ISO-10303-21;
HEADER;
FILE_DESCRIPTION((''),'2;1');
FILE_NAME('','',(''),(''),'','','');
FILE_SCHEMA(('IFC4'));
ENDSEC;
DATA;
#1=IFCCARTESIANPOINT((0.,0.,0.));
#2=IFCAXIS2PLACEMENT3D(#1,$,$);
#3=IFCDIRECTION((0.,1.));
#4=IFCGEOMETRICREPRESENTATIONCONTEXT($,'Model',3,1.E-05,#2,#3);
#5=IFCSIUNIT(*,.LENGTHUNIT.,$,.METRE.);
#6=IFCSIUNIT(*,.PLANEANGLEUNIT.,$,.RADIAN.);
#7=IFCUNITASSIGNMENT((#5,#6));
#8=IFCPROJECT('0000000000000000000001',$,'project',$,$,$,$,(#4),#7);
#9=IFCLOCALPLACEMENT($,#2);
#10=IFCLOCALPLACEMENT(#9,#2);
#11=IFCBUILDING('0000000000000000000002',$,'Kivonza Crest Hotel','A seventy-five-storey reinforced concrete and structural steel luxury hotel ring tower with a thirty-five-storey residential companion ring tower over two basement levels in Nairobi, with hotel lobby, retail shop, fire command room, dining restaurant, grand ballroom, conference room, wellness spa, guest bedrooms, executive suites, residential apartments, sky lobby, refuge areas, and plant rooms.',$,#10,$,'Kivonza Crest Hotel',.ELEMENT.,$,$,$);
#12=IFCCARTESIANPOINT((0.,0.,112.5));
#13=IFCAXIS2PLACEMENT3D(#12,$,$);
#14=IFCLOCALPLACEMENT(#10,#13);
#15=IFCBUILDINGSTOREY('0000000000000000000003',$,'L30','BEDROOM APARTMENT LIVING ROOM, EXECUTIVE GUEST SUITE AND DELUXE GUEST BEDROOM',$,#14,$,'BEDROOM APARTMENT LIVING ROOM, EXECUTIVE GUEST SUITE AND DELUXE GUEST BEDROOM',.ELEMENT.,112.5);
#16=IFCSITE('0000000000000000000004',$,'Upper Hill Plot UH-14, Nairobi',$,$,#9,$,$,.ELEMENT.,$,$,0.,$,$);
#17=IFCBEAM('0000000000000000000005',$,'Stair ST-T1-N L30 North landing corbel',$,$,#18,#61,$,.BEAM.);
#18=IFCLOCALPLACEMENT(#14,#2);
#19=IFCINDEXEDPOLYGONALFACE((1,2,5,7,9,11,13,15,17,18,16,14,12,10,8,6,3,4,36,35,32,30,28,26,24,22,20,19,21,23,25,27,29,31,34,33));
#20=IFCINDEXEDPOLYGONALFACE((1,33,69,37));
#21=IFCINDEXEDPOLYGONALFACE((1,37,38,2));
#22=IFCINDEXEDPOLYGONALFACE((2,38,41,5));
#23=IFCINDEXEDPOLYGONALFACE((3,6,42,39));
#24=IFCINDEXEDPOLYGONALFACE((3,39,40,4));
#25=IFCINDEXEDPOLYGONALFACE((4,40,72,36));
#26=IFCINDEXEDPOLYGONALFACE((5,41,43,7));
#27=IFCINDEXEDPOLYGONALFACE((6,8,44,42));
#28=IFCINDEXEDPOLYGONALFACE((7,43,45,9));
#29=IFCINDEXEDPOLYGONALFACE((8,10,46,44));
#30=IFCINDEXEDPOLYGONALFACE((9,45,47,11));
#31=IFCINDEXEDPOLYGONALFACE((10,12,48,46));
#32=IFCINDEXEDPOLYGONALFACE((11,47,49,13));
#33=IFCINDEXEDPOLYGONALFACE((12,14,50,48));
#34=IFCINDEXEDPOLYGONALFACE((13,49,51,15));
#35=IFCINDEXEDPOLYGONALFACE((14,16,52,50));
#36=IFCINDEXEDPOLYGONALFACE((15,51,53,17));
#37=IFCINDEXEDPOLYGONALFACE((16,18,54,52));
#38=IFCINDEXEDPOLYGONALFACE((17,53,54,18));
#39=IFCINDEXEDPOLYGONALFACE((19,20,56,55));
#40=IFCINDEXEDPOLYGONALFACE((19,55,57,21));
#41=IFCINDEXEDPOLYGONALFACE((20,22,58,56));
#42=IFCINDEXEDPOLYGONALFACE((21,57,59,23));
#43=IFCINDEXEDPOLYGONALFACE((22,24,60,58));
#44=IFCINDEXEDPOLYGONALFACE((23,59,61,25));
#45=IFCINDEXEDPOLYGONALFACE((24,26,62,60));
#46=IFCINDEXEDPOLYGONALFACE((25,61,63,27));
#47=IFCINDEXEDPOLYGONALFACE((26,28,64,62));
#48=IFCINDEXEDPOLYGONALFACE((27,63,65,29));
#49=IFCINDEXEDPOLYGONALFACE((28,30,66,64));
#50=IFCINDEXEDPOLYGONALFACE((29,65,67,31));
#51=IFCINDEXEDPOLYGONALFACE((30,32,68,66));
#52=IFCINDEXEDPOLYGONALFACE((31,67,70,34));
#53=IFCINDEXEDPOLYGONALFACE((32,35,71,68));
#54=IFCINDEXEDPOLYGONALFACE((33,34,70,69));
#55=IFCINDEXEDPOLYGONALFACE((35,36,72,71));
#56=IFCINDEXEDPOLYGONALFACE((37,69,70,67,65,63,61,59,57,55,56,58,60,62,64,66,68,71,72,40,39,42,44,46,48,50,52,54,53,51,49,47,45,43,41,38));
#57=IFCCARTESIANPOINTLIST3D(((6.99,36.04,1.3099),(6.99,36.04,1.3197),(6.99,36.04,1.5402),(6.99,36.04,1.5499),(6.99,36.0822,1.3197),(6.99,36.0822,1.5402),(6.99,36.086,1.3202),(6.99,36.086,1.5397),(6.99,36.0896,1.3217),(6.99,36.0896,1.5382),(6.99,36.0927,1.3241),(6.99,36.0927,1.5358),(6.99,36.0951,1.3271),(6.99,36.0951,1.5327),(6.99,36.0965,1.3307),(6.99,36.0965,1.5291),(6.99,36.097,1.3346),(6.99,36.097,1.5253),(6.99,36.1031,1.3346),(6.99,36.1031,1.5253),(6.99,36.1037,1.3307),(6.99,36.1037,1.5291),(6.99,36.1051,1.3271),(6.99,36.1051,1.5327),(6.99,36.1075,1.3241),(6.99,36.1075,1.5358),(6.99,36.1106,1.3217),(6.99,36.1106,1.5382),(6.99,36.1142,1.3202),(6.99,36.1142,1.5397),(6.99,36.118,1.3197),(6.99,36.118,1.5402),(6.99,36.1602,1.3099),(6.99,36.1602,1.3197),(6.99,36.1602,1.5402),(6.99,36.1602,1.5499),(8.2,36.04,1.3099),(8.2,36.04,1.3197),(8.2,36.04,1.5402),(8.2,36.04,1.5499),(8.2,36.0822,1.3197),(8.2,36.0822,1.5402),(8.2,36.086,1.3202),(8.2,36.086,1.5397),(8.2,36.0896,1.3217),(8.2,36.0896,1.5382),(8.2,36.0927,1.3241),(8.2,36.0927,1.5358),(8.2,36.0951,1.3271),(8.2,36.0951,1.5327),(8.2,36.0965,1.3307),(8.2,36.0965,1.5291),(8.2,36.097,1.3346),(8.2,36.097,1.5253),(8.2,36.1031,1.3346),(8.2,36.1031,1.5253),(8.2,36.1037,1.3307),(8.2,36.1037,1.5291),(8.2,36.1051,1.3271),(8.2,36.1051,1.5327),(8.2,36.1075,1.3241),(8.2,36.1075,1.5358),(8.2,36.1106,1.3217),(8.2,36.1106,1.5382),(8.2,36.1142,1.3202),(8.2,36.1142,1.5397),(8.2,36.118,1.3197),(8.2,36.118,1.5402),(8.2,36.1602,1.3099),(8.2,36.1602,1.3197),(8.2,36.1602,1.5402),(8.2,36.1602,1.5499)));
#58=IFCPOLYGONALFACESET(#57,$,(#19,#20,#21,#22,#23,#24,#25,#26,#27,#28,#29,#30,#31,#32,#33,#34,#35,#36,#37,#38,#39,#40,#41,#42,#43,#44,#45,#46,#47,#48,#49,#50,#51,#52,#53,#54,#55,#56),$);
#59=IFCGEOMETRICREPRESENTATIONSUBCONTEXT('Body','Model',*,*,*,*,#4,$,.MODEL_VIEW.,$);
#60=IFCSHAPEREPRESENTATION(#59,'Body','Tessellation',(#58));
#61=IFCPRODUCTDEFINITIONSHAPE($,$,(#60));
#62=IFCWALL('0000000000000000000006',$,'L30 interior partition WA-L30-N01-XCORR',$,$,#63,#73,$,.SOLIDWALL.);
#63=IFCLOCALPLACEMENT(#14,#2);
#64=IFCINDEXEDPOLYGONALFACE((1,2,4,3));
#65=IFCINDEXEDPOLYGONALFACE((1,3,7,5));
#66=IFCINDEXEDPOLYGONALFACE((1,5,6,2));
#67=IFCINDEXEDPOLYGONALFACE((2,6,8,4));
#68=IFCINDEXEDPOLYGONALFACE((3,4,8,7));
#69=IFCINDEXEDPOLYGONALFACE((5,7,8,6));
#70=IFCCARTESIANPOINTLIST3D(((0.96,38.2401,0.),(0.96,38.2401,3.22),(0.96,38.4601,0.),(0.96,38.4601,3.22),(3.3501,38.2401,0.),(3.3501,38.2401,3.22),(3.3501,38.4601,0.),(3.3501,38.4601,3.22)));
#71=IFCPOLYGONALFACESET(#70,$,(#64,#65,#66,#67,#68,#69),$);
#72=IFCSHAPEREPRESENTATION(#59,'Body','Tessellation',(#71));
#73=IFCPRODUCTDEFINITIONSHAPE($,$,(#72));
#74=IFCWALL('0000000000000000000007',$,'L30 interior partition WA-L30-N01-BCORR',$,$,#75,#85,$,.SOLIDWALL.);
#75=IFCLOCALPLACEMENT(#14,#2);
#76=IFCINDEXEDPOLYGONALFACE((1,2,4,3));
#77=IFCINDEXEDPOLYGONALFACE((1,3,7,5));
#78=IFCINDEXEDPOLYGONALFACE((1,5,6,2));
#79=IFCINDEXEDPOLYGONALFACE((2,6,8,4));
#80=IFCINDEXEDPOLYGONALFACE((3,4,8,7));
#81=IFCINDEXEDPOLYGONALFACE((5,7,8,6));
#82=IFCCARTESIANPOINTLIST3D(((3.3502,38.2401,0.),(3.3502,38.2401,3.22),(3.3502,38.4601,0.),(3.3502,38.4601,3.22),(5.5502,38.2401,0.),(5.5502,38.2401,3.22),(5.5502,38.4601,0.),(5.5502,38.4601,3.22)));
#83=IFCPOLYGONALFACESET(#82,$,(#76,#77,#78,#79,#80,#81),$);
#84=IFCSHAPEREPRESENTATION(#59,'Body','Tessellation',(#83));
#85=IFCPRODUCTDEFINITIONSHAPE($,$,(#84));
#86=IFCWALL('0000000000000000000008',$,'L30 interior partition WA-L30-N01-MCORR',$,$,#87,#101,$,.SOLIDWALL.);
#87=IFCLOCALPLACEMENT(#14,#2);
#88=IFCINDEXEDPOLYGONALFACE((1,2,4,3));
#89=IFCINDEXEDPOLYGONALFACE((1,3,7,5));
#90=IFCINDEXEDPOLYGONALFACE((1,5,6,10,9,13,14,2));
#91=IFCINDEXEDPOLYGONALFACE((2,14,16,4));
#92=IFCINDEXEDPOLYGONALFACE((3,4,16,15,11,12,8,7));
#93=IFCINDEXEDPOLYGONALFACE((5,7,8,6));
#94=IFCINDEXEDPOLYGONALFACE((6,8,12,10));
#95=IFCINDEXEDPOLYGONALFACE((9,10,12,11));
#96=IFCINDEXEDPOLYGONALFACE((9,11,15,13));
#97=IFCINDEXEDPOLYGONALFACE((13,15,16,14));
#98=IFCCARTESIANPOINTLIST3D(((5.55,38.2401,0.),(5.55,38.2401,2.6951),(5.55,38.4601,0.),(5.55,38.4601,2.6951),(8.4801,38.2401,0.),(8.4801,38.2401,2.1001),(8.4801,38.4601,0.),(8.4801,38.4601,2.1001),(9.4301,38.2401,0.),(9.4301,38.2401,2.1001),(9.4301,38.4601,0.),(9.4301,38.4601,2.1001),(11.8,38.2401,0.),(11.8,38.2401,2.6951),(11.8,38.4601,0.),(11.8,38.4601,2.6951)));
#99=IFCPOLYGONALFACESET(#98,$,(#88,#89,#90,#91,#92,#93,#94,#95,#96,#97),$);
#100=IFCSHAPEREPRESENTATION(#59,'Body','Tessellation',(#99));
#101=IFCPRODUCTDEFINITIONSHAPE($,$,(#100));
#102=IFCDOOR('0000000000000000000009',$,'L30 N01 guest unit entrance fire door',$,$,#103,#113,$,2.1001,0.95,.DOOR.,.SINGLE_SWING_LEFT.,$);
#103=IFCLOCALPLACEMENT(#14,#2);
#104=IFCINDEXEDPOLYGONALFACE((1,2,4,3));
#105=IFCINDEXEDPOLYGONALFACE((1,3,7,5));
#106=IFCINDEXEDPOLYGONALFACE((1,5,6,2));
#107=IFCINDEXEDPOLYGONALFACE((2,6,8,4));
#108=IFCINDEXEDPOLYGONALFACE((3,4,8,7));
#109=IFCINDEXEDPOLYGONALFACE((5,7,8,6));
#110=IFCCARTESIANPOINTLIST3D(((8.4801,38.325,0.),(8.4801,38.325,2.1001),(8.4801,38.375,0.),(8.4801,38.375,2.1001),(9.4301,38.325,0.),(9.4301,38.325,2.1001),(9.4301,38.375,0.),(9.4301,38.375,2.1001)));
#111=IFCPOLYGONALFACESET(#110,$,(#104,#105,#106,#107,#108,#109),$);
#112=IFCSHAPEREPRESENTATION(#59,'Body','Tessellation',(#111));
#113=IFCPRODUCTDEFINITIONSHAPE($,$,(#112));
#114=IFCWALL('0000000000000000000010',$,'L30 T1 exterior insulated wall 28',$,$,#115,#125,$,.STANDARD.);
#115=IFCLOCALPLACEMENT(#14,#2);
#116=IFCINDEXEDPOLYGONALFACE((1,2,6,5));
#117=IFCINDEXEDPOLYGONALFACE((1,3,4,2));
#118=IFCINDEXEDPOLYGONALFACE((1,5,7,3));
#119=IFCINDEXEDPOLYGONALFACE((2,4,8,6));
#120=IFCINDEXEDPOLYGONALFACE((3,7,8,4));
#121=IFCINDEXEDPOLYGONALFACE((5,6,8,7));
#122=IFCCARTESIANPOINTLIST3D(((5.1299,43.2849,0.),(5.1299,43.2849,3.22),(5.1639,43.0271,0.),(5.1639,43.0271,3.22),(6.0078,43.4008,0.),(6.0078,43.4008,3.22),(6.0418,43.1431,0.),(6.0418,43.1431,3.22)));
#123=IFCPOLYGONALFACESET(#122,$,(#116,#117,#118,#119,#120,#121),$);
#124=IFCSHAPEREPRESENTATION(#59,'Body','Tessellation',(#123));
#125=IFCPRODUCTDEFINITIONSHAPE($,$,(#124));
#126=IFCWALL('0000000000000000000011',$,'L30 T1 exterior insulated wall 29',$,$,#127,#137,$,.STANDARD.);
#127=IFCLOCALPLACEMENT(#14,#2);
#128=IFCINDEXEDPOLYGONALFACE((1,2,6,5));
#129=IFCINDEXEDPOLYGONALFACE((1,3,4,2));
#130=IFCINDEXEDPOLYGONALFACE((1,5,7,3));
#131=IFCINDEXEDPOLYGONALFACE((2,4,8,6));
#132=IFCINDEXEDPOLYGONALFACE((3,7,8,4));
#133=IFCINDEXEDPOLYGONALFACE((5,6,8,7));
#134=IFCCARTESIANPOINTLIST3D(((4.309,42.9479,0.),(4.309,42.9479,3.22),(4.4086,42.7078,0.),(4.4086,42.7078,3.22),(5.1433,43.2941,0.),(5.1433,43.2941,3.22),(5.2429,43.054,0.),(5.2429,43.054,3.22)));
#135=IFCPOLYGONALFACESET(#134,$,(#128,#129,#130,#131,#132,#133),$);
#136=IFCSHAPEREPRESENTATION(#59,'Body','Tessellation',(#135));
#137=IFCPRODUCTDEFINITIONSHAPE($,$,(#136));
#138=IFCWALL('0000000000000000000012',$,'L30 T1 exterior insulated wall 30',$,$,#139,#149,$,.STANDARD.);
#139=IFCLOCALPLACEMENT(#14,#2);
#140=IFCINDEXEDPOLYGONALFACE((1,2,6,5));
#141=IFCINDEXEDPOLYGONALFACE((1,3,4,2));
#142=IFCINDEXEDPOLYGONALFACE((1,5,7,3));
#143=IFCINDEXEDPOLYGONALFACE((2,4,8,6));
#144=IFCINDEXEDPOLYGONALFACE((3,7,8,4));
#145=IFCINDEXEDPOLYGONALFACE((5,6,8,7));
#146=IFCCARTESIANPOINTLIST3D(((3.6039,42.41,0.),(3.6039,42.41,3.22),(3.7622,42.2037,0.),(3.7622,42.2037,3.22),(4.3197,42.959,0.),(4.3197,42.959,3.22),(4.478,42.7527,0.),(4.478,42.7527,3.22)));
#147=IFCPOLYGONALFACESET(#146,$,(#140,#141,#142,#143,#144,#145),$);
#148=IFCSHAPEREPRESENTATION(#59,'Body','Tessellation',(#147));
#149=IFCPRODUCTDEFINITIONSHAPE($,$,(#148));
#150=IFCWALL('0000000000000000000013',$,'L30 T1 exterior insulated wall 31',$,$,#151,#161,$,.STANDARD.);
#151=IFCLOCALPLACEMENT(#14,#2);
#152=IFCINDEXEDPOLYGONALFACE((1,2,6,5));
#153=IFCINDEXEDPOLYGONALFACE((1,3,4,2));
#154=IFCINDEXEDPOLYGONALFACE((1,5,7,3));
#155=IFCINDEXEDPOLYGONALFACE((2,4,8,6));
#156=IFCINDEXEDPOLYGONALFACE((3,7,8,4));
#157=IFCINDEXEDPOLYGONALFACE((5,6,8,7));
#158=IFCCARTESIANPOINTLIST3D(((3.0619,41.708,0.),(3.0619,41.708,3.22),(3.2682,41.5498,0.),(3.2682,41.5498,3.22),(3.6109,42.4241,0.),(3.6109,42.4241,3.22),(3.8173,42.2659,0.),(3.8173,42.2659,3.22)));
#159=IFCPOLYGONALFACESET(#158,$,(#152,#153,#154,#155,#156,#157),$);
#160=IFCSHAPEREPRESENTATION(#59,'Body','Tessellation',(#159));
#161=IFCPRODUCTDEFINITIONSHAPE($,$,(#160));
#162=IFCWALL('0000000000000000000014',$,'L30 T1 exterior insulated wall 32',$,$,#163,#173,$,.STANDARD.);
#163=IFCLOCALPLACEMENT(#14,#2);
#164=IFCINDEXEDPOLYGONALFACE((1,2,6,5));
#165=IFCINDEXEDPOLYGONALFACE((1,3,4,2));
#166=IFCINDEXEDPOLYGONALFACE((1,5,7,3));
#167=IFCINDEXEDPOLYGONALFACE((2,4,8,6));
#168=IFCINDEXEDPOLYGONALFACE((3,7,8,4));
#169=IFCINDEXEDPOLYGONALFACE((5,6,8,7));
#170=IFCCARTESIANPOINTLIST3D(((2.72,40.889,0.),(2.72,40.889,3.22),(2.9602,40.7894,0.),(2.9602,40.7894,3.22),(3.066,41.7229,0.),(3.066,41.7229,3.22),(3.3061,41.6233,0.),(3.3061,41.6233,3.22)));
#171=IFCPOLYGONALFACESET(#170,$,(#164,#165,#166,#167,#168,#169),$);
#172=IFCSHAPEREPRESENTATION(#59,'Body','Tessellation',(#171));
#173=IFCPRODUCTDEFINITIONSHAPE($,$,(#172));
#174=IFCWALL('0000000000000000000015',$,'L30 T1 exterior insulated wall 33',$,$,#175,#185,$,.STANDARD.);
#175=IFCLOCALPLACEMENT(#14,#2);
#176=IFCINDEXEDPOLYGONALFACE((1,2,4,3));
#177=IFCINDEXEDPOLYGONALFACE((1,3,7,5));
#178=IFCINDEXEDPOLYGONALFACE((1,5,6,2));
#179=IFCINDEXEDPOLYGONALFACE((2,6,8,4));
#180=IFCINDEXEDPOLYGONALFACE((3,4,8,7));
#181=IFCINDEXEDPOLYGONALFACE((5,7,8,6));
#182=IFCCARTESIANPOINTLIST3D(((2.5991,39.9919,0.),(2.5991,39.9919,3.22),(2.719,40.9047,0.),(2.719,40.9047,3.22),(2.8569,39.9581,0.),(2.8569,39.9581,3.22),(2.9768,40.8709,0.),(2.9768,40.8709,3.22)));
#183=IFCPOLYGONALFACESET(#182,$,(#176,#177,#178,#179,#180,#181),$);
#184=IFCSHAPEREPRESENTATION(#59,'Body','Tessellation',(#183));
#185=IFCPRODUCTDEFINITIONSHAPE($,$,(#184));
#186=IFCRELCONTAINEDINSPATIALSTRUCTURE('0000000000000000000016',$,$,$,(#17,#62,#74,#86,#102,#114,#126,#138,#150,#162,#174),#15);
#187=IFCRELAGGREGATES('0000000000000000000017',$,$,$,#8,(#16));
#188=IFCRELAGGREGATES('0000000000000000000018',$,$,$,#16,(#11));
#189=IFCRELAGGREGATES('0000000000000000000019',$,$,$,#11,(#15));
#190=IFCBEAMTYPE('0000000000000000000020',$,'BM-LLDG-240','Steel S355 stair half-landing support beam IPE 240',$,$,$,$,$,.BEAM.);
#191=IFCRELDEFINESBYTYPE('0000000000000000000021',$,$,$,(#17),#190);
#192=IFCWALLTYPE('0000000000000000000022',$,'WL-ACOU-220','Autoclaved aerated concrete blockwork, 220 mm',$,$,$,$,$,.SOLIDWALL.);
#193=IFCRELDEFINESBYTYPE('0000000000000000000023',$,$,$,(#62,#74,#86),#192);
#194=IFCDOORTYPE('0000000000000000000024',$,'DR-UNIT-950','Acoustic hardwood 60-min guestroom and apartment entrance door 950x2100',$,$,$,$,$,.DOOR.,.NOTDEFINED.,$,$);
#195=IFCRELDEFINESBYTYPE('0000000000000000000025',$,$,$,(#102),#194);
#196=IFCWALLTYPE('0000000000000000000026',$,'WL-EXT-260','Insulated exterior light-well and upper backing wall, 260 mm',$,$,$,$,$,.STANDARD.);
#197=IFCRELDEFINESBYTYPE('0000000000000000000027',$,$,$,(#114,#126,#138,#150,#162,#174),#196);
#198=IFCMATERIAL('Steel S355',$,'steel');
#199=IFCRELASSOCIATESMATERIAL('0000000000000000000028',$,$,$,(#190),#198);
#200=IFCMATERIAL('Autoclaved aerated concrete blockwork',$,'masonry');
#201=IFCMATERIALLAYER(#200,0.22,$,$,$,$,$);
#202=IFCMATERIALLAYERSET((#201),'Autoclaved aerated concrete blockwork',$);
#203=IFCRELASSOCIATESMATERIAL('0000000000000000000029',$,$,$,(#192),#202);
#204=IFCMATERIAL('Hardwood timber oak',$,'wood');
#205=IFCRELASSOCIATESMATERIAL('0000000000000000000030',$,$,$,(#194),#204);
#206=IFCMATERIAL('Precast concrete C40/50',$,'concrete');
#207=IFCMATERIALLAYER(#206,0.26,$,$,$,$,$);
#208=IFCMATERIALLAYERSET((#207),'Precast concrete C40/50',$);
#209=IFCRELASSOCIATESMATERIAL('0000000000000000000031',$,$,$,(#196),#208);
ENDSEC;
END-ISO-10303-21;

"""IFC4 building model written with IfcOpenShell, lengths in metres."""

from ifc_helpers import new_model, si_unit, direction, frame, frame_2d, origin, origin_2d, place, context, subcontext, project, spatial, rectangle, i_section, extrude, material, layer, layer_set, material_profile, profile_set, type_object, element, fill, save


model = new_model("IFC4")

# Units and contexts
model_context = context("Model", 3, precision=1e-05, world=origin(), true_north=direction((0.0, 1.0)))
body_context = subcontext(model_context, "Body", "Model", "MODEL_VIEW")
ifc_project = project(units=[si_unit("LENGTHUNIT", "METRE"), si_unit("PLANEANGLEUNIT", "RADIAN")], contexts=[model_context])

# Site, building, storey
site_placement = place(None, origin())
site = spatial("IfcSite", under=ifc_project, at=site_placement, Name="Upper Hill Plot UH-14, Nairobi", CompositionType="ELEMENT", RefElevation=0.0)
building_placement = place(site_placement, origin())
building = spatial("IfcBuilding", under=site, at=building_placement, Name="Kivonza Crest Hotel", Description="A seventy-five-storey reinforced concrete and structural steel luxury hotel ring tower with a thirty-five-storey residential companion ring tower over two basement levels in Nairobi, with hotel lobby, retail shop, fire command room, dining restaurant, grand ballroom, conference room, wellness spa, guest bedrooms, executive suites, residential apartments, sky lobby, refuge areas, and plant rooms.", LongName="Kivonza Crest Hotel", CompositionType="ELEMENT")
storey_placement = place(building_placement, frame((0.0, 0.0, 112.5)))
storey = spatial("IfcBuildingStorey", under=building, at=storey_placement, Name="L30", Description="BEDROOM APARTMENT LIVING ROOM, EXECUTIVE GUEST SUITE AND DELUXE GUEST BEDROOM", LongName="BEDROOM APARTMENT LIVING ROOM, EXECUTIVE GUEST SUITE AND DELUXE GUEST BEDROOM", CompositionType="ELEMENT", Elevation=112.5)

# Beam
ifc_material_1 = material(Name="Steel S355", Category="steel")
ifc_material_profile = material_profile(ifc_material_1, i_section(OverallWidth=0.1201, OverallDepth=0.24, WebThickness=0.0061, FlangeThickness=0.0098, FilletRadius=0.0149, at=origin_2d()), Name="IPE 240")
ifc_profile_set = profile_set([ifc_material_profile], Name="Steel S355")
beam_type = type_object("IfcBeamType", Name="BM-LLDG-240", Description="Steel S355 stair half-landing support beam IPE 240", PredefinedType="BEAM", material=ifc_profile_set)
beam_placement = place(storey_placement, frame((6.99, 36.1001, 1.4299), z_axis=(1.0, 0.0, 0.0), x_axis=(0.0, 1.0, 0.0)))
element("IfcBeam", 1, at=beam_placement, inside=storey, type_object=beam_type, Name="Stair ST-T1-N L30 North landing corbel", PredefinedType="BEAM", context=body_context, shape_type="SweptSolid", body=[
    extrude(i_section(OverallWidth=0.1201, OverallDepth=0.24, WebThickness=0.0061, FlangeThickness=0.0098, FilletRadius=0.0149, at=origin_2d()), origin(), (0.0, 0.0, 1.0), 1.21),
])

# Walls
ifc_material_2 = material(Name="Autoclaved aerated concrete blockwork", Category="masonry")
ifc_layer_1 = layer(ifc_material_2, 0.22)
ifc_layer_set_1 = layer_set([ifc_layer_1], Name="Autoclaved aerated concrete blockwork")
wall_type_1 = type_object("IfcWallType", Name="WL-ACOU-220", Description="Autoclaved aerated concrete blockwork, 220 mm", PredefinedType="SOLIDWALL", material=ifc_layer_set_1)
wall_1_placement = place(storey_placement, frame((0.96, 38.3501, 0.0), z_axis=(0.0, 0.0, 1.0), x_axis=(1.0, 0.0, 0.0)))
element("IfcWall", 2, at=wall_1_placement, inside=storey, type_object=wall_type_1, Name="L30 interior partition WA-L30-N01-XCORR", PredefinedType="SOLIDWALL", context=body_context, shape_type="SweptSolid", body=[
    extrude(rectangle(XDim=2.3901, YDim=0.22, at=frame_2d((1.1951, 0.0))), origin(), (0.0, 0.0, 1.0), 3.22),
])
wall_2_placement = place(storey_placement, frame((3.3501, 38.3501, 0.0), z_axis=(0.0, 0.0, 1.0), x_axis=(1.0, 0.0, 0.0)))
element("IfcWall", 3, at=wall_2_placement, inside=storey, type_object=wall_type_1, Name="L30 interior partition WA-L30-N01-BCORR", PredefinedType="SOLIDWALL", context=body_context, shape_type="SweptSolid", body=[
    extrude(rectangle(XDim=2.2, YDim=0.22, at=frame_2d((1.1001, 0.0))), origin(), (0.0, 0.0, 1.0), 3.22),
])

# Wall, opening, door
wall_3_placement = place(storey_placement, frame((5.55, 38.3501, 0.0), z_axis=(0.0, 0.0, 1.0), x_axis=(1.0, 0.0, 0.0)))
wall_3 = element("IfcWall", 4, at=wall_3_placement, inside=storey, type_object=wall_type_1, Name="L30 interior partition WA-L30-N01-MCORR", PredefinedType="SOLIDWALL", context=body_context, shape_type="SweptSolid", body=[
    extrude(rectangle(XDim=6.25, YDim=0.22, at=frame_2d((3.125, 0.0))), origin(), (0.0, 0.0, 1.0), 2.6951),
])
opening_1_placement = place(wall_3_placement, frame((2.9299, 0.0, 0.0)))
opening_1 = element("IfcOpeningElement", 5, at=opening_1_placement, cuts=wall_3, PredefinedType="OPENING", context=body_context, shape_type="SweptSolid", body=[
    extrude(rectangle(XDim=0.95, YDim=2.1001, at=frame_2d((0.4751, 1.05))), frame((0.0, 0.1201, 0.0), z_axis=(0.0, -1.0, 0.0), x_axis=(1.0, 0.0, 0.0)), (0.0, 0.0, 1.0), 0.24),
])
ifc_material_3 = material(Name="Hardwood timber oak", Category="wood")
door_type_1 = type_object("IfcDoorType", Name="DR-UNIT-950", Description="Acoustic hardwood 60-min guestroom and apartment entrance door 950x2100", OperationType="NOTDEFINED", PredefinedType="DOOR", material=ifc_material_3)
door_1_placement = place(opening_1_placement, origin())
door_1 = element("IfcDoor", 6, at=door_1_placement, inside=storey, type_object=door_type_1, Name="L30 N01 guest unit entrance fire door", OperationType="SINGLE_SWING_LEFT", OverallHeight=2.1001, OverallWidth=0.95, PredefinedType="DOOR", context=body_context, shape_type="SweptSolid", body=[
    extrude(rectangle(XDim=0.95, YDim=2.1001, at=frame_2d((0.4751, 1.05))), frame((0.0, 0.0249, 0.0), z_axis=(0.0, -1.0, 0.0), x_axis=(1.0, 0.0, 0.0)), (0.0, 0.0, 1.0), 0.05),
])
fill(opening_1, door_1)

# Walls
ifc_material_4 = material(Name="Precast concrete C40/50", Category="concrete")
ifc_layer_2 = layer(ifc_material_4, 0.26)
ifc_layer_set_2 = layer_set([ifc_layer_2], Name="Precast concrete C40/50")
wall_type_2 = type_object("IfcWallType", Name="WL-EXT-260", Description="Insulated exterior light-well and upper backing wall, 260 mm", PredefinedType="STANDARD", material=ifc_layer_set_2)
wall_4_placement = place(storey_placement, frame((6.0249, 43.272, 0.0), z_axis=(0.0, 0.0, 1.0), x_axis=(-0.991388, -0.130954, 0.0)))
element("IfcWall", 7, at=wall_4_placement, inside=storey, type_object=wall_type_2, Name="L30 T1 exterior insulated wall 28", PredefinedType="STANDARD", context=body_context, shape_type="SweptSolid", body=[
    extrude(rectangle(XDim=0.8855, YDim=0.26, at=frame_2d((0.4429, 0.0))), origin(), (0.0, 0.0, 1.0), 3.22),
])
wall_5_placement = place(storey_placement, frame((5.1931, 43.1741, 0.0), z_axis=(0.0, 0.0, 1.0), x_axis=(-0.923628, -0.383291, 0.0)))
element("IfcWall", 8, at=wall_5_placement, inside=storey, type_object=wall_type_2, Name="L30 T1 exterior insulated wall 29", PredefinedType="STANDARD", context=body_context, shape_type="SweptSolid", body=[
    extrude(rectangle(XDim=0.9033, YDim=0.26, at=frame_2d((0.4517, 0.0))), origin(), (0.0, 0.0, 1.0), 3.22),
])
wall_6_placement = place(storey_placement, frame((4.3989, 42.856, 0.0), z_axis=(0.0, 0.0, 1.0), x_axis=(-0.793458, -0.608625, 0.0)))
element("IfcWall", 9, at=wall_6_placement, inside=storey, type_object=wall_type_2, Name="L30 T1 exterior insulated wall 30", PredefinedType="STANDARD", context=body_context, shape_type="SweptSolid", body=[
    extrude(rectangle(XDim=0.9021, YDim=0.26, at=frame_2d((0.4512, 0.0))), origin(), (0.0, 0.0, 1.0), 3.22),
])
wall_7_placement = place(storey_placement, frame((3.7141, 42.345, 0.0), z_axis=(0.0, 0.0, 1.0), x_axis=(-0.608494, -0.793558, 0.0)))
element("IfcWall", 10, at=wall_7_placement, inside=storey, type_object=wall_type_2, Name="L30 T1 exterior insulated wall 31", PredefinedType="STANDARD", context=body_context, shape_type="SweptSolid", body=[
    extrude(rectangle(XDim=0.9023, YDim=0.26, at=frame_2d((0.4512, 0.0))), origin(), (0.0, 0.0, 1.0), 3.22),
])
wall_8_placement = place(storey_placement, frame((3.186, 41.6731, 0.0), z_axis=(0.0, 0.0, 1.0), x_axis=(-0.383156, -0.923684, 0.0)))
element("IfcWall", 11, at=wall_8_placement, inside=storey, type_object=wall_type_2, Name="L30 T1 exterior insulated wall 32", PredefinedType="STANDARD", context=body_context, shape_type="SweptSolid", body=[
    extrude(rectangle(XDim=0.9028, YDim=0.26, at=frame_2d((0.4514, 0.0))), origin(), (0.0, 0.0, 1.0), 3.22),
])
wall_9_placement = place(storey_placement, frame((2.8479, 40.8879, 0.0), z_axis=(0.0, 0.0, 1.0), x_axis=(-0.130201, -0.991488, 0.0)))
element("IfcWall", 12, at=wall_9_placement, inside=storey, type_object=wall_type_2, Name="L30 T1 exterior insulated wall 33", PredefinedType="STANDARD", context=body_context, shape_type="SweptSolid", body=[
    extrude(rectangle(XDim=0.9207, YDim=0.26, at=frame_2d((0.4604, 0.0))), origin(), (0.0, 0.0, 1.0), 3.22),
])

save(model, "model.ifc")
